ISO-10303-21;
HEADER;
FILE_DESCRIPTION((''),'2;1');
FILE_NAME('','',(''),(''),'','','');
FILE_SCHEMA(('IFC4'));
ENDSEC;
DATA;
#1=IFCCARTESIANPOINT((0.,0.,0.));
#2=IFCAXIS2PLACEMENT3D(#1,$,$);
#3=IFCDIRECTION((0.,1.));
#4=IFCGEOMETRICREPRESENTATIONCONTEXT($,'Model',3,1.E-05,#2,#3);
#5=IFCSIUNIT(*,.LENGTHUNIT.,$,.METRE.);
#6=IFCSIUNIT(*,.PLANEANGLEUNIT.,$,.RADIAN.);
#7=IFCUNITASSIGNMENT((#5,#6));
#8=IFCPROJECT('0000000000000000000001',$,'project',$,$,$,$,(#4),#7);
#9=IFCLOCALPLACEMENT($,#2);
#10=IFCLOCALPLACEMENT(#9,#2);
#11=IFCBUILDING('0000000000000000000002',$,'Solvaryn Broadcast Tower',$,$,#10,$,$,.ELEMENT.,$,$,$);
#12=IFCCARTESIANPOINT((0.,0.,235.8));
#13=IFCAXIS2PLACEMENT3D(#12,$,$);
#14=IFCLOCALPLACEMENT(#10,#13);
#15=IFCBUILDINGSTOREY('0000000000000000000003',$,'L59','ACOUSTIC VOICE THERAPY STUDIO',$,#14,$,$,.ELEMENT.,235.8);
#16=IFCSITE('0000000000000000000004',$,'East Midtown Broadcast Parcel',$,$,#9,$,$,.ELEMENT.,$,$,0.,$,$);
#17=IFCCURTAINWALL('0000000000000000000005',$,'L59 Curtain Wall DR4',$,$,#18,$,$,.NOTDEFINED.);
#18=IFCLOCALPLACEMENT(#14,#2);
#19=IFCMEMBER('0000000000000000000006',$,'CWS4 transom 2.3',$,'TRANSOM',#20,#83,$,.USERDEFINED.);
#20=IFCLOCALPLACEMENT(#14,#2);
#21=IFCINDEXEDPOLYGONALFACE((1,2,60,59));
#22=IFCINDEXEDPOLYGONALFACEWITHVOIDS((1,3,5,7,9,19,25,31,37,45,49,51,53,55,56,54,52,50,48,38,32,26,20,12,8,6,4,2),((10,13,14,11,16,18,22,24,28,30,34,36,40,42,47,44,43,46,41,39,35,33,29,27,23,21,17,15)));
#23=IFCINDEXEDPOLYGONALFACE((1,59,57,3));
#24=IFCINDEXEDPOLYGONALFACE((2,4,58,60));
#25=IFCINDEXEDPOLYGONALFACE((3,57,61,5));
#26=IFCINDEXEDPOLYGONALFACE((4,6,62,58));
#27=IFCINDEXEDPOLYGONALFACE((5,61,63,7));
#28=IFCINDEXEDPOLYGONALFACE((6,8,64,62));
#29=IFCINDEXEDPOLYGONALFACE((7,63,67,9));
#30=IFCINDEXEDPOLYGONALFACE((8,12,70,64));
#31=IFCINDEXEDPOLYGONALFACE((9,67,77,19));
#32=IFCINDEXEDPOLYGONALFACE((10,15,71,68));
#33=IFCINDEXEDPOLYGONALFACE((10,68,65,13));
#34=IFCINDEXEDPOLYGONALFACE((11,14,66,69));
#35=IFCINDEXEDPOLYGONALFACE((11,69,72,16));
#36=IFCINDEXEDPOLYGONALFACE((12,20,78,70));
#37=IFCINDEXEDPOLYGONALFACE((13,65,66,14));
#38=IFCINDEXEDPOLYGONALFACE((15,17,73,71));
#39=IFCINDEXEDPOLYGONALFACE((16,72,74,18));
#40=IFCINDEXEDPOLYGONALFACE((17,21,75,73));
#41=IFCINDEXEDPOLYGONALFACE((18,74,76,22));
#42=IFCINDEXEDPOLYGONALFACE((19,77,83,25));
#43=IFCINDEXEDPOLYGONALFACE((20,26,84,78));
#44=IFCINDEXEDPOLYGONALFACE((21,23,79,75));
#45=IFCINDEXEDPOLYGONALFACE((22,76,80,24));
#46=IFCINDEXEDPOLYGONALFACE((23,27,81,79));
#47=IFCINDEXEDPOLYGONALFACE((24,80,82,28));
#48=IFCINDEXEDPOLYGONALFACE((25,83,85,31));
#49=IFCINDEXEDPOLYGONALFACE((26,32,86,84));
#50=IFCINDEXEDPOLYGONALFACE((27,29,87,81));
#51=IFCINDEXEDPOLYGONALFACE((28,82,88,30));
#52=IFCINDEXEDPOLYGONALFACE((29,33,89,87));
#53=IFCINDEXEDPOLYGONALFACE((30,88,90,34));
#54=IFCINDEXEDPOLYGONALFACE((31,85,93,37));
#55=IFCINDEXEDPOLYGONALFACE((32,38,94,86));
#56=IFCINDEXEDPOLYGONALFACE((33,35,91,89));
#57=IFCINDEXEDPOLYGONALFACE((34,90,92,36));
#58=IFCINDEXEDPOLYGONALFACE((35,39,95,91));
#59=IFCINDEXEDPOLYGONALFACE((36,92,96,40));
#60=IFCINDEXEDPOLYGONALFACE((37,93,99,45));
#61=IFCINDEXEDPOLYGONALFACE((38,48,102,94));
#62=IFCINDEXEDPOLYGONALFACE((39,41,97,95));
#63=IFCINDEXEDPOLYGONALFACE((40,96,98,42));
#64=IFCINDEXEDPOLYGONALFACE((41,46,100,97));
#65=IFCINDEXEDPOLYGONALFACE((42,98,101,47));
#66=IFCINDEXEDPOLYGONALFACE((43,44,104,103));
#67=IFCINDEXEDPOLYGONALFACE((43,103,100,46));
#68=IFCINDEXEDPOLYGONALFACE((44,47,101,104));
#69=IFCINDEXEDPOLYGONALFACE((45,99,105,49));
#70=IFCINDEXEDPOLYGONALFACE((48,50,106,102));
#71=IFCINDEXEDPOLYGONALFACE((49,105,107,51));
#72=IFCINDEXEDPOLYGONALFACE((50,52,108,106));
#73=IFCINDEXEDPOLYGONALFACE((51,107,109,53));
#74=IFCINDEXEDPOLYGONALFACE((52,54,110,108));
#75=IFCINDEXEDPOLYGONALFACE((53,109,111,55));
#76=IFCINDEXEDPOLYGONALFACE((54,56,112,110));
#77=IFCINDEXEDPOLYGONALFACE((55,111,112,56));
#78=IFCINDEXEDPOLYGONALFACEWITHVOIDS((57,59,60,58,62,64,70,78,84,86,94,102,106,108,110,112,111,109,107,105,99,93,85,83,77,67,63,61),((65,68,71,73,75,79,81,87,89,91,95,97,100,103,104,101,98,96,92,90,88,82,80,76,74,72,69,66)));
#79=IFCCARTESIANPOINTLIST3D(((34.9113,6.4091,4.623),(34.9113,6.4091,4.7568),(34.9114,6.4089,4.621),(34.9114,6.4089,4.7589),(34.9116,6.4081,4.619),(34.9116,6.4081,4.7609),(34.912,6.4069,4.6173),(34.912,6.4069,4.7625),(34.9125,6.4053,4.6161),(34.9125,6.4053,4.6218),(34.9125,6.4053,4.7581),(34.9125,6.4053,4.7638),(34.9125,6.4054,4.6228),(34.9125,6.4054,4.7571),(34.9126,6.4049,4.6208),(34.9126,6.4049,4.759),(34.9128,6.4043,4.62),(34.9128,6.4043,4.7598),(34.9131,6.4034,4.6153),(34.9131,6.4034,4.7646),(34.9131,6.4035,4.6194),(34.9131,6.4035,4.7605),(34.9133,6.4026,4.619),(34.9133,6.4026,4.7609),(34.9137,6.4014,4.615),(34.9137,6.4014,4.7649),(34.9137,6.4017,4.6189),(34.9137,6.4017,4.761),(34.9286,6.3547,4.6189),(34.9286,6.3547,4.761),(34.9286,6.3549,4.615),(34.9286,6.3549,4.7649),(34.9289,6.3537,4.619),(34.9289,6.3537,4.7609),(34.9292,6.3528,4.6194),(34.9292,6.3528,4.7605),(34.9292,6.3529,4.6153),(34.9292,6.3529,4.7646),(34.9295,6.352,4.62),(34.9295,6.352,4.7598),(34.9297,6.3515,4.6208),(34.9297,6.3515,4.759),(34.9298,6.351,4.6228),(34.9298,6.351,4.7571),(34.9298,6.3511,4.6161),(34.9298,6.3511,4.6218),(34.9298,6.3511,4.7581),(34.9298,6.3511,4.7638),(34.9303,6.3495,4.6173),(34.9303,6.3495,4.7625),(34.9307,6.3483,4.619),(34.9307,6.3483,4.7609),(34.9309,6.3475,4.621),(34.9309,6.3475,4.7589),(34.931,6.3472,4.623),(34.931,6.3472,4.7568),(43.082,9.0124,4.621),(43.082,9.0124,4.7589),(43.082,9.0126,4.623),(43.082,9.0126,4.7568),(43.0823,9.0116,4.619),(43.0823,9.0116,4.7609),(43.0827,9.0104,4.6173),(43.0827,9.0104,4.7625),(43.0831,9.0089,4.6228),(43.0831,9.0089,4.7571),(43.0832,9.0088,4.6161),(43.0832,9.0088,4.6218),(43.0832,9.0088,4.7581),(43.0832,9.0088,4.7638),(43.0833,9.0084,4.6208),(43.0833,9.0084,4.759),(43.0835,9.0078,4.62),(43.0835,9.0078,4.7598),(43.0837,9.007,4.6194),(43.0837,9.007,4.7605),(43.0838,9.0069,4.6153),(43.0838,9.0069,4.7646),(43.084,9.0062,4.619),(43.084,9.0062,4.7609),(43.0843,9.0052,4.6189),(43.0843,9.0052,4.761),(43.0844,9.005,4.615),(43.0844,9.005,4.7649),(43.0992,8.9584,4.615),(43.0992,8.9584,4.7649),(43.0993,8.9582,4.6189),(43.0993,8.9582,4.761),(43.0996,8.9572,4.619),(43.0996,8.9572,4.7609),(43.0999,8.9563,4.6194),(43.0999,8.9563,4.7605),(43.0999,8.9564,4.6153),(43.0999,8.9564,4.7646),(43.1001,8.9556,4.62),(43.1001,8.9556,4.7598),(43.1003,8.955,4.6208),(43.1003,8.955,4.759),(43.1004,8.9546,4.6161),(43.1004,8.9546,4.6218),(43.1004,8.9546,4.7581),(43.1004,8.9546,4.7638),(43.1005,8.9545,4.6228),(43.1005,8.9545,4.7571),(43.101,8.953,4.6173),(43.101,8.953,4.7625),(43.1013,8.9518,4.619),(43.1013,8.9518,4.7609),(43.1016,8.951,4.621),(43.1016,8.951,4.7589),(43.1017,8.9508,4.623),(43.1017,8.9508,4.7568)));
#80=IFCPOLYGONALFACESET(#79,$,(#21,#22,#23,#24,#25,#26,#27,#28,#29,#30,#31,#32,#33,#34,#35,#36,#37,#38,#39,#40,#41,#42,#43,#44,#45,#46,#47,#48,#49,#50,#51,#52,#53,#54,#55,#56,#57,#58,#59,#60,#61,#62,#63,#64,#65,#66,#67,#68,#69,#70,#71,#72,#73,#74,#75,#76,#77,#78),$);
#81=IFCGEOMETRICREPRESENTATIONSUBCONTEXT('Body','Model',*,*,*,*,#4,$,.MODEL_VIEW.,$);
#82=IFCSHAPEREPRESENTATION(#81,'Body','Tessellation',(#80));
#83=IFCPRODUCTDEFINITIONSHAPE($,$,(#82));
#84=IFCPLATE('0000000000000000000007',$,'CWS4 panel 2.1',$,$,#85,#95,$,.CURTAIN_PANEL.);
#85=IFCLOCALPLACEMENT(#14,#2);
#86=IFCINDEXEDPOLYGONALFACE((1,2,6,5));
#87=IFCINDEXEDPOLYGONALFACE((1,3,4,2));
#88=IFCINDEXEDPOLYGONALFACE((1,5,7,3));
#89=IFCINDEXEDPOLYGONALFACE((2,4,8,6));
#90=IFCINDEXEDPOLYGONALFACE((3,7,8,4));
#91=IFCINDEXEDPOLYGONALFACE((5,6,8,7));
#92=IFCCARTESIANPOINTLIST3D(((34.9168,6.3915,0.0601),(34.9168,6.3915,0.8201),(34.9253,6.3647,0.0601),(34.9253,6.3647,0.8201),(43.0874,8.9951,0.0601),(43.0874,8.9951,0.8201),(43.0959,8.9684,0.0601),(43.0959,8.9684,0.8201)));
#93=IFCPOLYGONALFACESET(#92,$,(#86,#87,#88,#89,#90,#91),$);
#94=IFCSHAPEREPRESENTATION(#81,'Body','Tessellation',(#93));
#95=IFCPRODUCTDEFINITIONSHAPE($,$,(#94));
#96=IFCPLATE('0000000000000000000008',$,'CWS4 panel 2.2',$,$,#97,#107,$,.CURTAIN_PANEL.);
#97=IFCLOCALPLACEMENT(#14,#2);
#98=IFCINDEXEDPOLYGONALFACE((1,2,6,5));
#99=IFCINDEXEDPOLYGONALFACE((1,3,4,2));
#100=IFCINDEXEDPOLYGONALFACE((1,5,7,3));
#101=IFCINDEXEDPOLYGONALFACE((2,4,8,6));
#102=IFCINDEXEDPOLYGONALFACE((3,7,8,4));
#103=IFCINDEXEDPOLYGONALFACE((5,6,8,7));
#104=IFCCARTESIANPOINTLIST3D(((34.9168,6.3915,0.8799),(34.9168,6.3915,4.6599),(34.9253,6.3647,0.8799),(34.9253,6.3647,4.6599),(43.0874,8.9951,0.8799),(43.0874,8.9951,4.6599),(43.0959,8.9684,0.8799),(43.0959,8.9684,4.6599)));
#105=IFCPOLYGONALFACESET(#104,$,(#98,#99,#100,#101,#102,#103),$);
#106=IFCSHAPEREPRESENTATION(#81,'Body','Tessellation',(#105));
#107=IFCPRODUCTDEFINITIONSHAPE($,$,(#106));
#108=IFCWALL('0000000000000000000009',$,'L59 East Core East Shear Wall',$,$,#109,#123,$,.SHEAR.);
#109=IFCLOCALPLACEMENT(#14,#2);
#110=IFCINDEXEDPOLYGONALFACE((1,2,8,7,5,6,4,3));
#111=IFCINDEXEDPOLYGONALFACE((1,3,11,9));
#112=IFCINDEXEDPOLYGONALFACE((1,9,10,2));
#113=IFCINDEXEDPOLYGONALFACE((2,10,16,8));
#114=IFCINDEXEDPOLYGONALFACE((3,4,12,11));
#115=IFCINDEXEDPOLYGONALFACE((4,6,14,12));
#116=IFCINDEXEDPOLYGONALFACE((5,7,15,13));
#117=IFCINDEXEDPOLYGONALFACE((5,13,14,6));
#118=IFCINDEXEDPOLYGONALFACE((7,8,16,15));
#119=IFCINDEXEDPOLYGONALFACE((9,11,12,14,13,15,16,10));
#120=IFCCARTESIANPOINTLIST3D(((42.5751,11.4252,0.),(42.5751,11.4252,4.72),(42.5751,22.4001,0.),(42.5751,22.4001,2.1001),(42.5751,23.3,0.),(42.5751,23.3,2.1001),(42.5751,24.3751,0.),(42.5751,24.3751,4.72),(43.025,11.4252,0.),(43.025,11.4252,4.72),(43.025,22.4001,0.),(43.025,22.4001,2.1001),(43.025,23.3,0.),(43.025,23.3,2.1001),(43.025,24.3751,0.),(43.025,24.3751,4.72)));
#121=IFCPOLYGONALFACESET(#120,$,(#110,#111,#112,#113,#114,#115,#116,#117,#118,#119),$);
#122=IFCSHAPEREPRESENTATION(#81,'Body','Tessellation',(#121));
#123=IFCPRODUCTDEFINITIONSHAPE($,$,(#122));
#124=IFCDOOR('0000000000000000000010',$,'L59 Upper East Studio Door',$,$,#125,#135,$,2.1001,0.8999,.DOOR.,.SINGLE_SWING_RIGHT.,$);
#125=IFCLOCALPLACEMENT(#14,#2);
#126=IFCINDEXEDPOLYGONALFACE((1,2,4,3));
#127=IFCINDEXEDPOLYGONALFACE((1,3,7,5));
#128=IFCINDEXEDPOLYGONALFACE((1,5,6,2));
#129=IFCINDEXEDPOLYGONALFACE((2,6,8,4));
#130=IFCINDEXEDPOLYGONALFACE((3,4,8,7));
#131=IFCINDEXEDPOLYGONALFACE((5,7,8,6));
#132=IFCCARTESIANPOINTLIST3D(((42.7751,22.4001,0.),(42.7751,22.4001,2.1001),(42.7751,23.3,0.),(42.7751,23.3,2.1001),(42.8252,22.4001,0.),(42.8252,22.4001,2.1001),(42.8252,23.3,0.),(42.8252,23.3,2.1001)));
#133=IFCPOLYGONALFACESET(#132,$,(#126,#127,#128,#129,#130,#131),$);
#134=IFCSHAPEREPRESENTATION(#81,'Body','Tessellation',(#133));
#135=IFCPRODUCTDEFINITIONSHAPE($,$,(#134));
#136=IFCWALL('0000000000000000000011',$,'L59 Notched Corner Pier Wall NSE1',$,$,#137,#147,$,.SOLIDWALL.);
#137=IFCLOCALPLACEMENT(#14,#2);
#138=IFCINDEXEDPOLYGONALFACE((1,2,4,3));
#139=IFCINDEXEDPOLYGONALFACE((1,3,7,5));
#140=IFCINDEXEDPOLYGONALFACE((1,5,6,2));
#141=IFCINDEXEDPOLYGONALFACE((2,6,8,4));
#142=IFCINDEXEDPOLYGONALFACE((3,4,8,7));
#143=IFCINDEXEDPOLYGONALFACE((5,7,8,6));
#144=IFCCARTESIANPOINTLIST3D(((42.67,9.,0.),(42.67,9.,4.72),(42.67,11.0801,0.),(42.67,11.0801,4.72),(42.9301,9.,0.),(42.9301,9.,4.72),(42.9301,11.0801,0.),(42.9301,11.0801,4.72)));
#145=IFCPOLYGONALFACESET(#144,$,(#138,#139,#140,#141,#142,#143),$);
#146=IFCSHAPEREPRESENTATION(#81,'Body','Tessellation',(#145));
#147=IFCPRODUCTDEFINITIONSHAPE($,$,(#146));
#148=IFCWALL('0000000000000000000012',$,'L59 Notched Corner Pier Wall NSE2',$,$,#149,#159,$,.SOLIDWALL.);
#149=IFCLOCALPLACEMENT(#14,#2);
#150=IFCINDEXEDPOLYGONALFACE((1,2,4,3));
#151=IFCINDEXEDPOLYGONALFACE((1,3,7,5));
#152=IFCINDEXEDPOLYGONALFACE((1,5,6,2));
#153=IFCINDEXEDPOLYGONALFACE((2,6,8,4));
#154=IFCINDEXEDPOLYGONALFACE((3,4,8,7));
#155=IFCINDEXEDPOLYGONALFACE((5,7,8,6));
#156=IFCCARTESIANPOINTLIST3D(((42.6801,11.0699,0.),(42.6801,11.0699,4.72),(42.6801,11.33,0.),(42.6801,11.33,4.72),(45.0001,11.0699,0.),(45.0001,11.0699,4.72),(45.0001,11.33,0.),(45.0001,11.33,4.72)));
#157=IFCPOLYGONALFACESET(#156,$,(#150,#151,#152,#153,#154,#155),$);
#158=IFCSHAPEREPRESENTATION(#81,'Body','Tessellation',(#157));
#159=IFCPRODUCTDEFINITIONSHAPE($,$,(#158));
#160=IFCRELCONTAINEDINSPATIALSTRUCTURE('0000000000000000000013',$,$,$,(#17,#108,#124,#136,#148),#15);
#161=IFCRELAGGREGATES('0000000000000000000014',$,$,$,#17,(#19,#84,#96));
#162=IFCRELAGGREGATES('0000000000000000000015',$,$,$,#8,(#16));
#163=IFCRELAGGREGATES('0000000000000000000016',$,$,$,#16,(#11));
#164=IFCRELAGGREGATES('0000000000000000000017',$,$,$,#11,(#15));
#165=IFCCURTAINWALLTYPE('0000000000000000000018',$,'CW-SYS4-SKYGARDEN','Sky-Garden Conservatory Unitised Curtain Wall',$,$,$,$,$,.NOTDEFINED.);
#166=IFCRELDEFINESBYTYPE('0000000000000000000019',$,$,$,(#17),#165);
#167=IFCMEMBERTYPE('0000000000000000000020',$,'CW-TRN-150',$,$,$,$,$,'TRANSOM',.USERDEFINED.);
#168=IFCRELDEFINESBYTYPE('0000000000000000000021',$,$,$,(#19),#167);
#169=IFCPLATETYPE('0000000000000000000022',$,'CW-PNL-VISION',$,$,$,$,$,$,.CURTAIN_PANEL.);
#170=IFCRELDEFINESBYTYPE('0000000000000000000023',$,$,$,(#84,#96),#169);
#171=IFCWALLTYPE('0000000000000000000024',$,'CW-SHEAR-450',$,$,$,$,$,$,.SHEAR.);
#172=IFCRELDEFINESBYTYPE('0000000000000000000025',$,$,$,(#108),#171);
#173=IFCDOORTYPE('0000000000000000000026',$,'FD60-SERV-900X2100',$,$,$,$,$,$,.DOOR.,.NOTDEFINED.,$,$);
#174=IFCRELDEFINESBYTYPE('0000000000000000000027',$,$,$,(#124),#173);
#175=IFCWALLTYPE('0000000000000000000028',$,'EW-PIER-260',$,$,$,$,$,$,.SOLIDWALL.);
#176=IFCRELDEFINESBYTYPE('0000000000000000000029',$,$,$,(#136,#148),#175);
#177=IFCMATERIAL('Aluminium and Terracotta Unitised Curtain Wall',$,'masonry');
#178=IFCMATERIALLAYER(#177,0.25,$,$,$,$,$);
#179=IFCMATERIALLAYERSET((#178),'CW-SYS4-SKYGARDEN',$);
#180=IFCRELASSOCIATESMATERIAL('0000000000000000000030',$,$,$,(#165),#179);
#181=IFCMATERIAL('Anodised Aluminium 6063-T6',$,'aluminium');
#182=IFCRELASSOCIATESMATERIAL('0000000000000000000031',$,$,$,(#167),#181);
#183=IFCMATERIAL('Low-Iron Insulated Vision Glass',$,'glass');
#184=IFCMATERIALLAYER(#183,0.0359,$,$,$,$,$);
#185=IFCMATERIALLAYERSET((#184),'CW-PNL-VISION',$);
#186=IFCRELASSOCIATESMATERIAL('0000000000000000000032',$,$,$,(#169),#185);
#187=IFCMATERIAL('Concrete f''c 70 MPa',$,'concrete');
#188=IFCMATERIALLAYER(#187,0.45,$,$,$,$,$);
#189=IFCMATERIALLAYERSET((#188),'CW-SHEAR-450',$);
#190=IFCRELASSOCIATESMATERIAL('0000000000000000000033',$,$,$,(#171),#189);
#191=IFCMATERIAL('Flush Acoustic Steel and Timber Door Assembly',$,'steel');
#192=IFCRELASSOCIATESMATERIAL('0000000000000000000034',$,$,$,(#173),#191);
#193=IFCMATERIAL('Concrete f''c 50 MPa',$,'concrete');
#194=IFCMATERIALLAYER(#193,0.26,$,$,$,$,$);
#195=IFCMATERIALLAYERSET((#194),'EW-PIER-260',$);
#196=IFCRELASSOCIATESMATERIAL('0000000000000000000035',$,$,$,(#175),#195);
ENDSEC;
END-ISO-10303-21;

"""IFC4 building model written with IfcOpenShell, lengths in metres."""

from ifc_helpers import new_model, si_unit, direction, frame, frame_2d, origin, origin_2d, place, context, subcontext, project, spatial, rectangle, hollow_rectangle, extrude, material, layer, layer_set, material_profile, profile_set, type_object, element, fill, aggregate, save


model = new_model("IFC4")

# Units and contexts
model_context = context("Model", 3, precision=1e-05, world=origin(), true_north=direction((0.0, 1.0)))
body_context = subcontext(model_context, "Body", "Model", "MODEL_VIEW")
ifc_project = project(units=[si_unit("LENGTHUNIT", "METRE"), si_unit("PLANEANGLEUNIT", "RADIAN")], contexts=[model_context])

# Site, building, storey
site_placement = place(None, origin())
site = spatial("IfcSite", under=ifc_project, at=site_placement, Name="East Midtown Broadcast Parcel", CompositionType="ELEMENT", RefElevation=0.0)
building_placement = place(site_placement, origin())
building = spatial("IfcBuilding", under=site, at=building_placement, Name="Solvaryn Broadcast Tower", CompositionType="ELEMENT")
storey_placement = place(building_placement, frame((0.0, 0.0, 235.8)))
storey = spatial("IfcBuildingStorey", under=building, at=storey_placement, Name="L59", Description="ACOUSTIC VOICE THERAPY STUDIO", CompositionType="ELEMENT", Elevation=235.8)

# Curtain wall, member, plates
ifc_material_1 = material(Name="Aluminium and Terracotta Unitised Curtain Wall", Category="masonry")
ifc_layer_1 = layer(ifc_material_1, 0.25)
ifc_layer_set_1 = layer_set([ifc_layer_1], Name="CW-SYS4-SKYGARDEN")
curtain_wall_type = type_object("IfcCurtainWallType", Name="CW-SYS4-SKYGARDEN", Description="Sky-Garden Conservatory Unitised Curtain Wall", PredefinedType="NOTDEFINED", material=ifc_layer_set_1)
curtain_wall_placement = place(storey_placement, origin())
curtain_wall = element("IfcCurtainWall", 1, at=curtain_wall_placement, inside=storey, type_object=curtain_wall_type, Name="L59 Curtain Wall DR4", PredefinedType="NOTDEFINED")
ifc_material_2 = material(Name="Anodised Aluminium 6063-T6", Category="aluminium")
ifc_material_profile_1 = material_profile(ifc_material_2, hollow_rectangle(XDim=0.0649, YDim=0.1499, WallThickness=0.0039, InnerFilletRadius=0.0039, OuterFilletRadius=0.0081, at=origin_2d()))
ifc_profile_set_1 = profile_set([ifc_material_profile_1], Name="Anodised Aluminium 6063-T6")
member_type_1 = type_object("IfcMemberType", Name="CW-TRN-150", ElementType="TRANSOM", PredefinedType="USERDEFINED", material=ifc_profile_set_1)
member_1_placement = place(storey_placement, frame((34.9211, 6.3782, 4.6899), z_axis=(0.952799, 0.303602, 0.0), x_axis=(-0.303602, 0.952799, 0.0)))
member_1 = element("IfcMember", 2, at=member_1_placement, type_object=member_type_1, Name="CWS4 transom 2.3", ObjectType="TRANSOM", PredefinedType="USERDEFINED", context=body_context, shape_type="SweptSolid", body=[
    extrude(hollow_rectangle(XDim=0.0649, YDim=0.1499, WallThickness=0.0039, InnerFilletRadius=0.0039, OuterFilletRadius=0.0081, at=origin_2d()), origin(), (0.0, 0.0, 1.0), 8.5754),
])
ifc_material_3 = material(Name="Low-Iron Insulated Vision Glass", Category="glass")
ifc_layer_2 = layer(ifc_material_3, 0.0359)
ifc_layer_set_2 = layer_set([ifc_layer_2], Name="CW-PNL-VISION")
plate_type = type_object("IfcPlateType", Name="CW-PNL-VISION", PredefinedType="CURTAIN_PANEL", material=ifc_layer_set_2)
plate_1_placement = place(storey_placement, frame((39.0063, 7.6799, 0.0601), z_axis=(0.0, 0.0, 1.0), x_axis=(0.952795, 0.303616, 0.0)))
plate_1 = element("IfcPlate", 3, at=plate_1_placement, type_object=plate_type, Name="CWS4 panel 2.1", PredefinedType="CURTAIN_PANEL", context=body_context, shape_type="SweptSolid", body=[
    extrude(rectangle(XDim=8.5754, YDim=0.0281, at=origin_2d()), origin(), (0.0, 0.0, 1.0), 0.76),
])
plate_2_placement = place(storey_placement, frame((39.0063, 7.6799, 0.8799), z_axis=(0.0, 0.0, 1.0), x_axis=(0.952795, 0.303616, 0.0)))
plate_2 = element("IfcPlate", 4, at=plate_2_placement, type_object=plate_type, Name="CWS4 panel 2.2", PredefinedType="CURTAIN_PANEL", context=body_context, shape_type="SweptSolid", body=[
    extrude(rectangle(XDim=8.5754, YDim=0.0281, at=origin_2d()), origin(), (0.0, 0.0, 1.0), 3.78),
])
aggregate(curtain_wall, [member_1, plate_1, plate_2])

# Wall, opening, door
ifc_material_4 = material(Name="Concrete f'c 70 MPa", Category="concrete")
ifc_layer_3 = layer(ifc_material_4, 0.45)
ifc_layer_set_3 = layer_set([ifc_layer_3], Name="CW-SHEAR-450")
wall_type_1 = type_object("IfcWallType", Name="CW-SHEAR-450", PredefinedType="SHEAR", material=ifc_layer_set_3)
wall_1_placement = place(storey_placement, frame((42.8, 11.425, 0.0), z_axis=(0.0, 0.0, 1.0), x_axis=(0.0, 1.0, 0.0)))
wall_1 = element("IfcWall", 5, at=wall_1_placement, inside=storey, type_object=wall_type_1, Name="L59 East Core East Shear Wall", PredefinedType="SHEAR", context=body_context, shape_type="SweptSolid", body=[
    extrude(rectangle(XDim=12.95, YDim=0.45, at=frame_2d((6.4751, 0.0))), origin(), (0.0, 0.0, 1.0), 4.72),
])
opening_1_placement = place(wall_1_placement, frame((10.9751, 0.0, 0.0)))
opening_1 = element("IfcOpeningElement", 6, at=opening_1_placement, cuts=wall_1, PredefinedType="OPENING", context=body_context, shape_type="SweptSolid", body=[
    extrude(rectangle(XDim=0.8999, YDim=2.1001, at=frame_2d((0.45, 1.05))), frame((0.0, 0.2351, 0.0), z_axis=(0.0, -1.0, 0.0), x_axis=(1.0, 0.0, 0.0)), (0.0, 0.0, 1.0), 0.47),
])
ifc_material_5 = material(Name="Flush Acoustic Steel and Timber Door Assembly", Category="steel")
door_type = type_object("IfcDoorType", Name="FD60-SERV-900X2100", OperationType="NOTDEFINED", PredefinedType="DOOR", material=ifc_material_5)
door_1_placement = place(opening_1_placement, origin())
door_1 = element("IfcDoor", 7, at=door_1_placement, inside=storey, type_object=door_type, Name="L59 Upper East Studio Door", OperationType="SINGLE_SWING_RIGHT", OverallHeight=2.1001, OverallWidth=0.8999, PredefinedType="DOOR", context=body_context, shape_type="SweptSolid", body=[
    extrude(rectangle(XDim=0.8999, YDim=2.1001, at=frame_2d((0.45, 1.05))), frame((0.0, 0.0249, 0.0), z_axis=(0.0, -1.0, 0.0), x_axis=(1.0, 0.0, 0.0)), (0.0, 0.0, 1.0), 0.05),
])
fill(opening_1, door_1)

# Walls
ifc_material_6 = material(Name="Concrete f'c 50 MPa", Category="concrete")
ifc_layer_4 = layer(ifc_material_6, 0.26)
ifc_layer_set_4 = layer_set([ifc_layer_4], Name="EW-PIER-260")
wall_type_2 = type_object("IfcWallType", Name="EW-PIER-260", PredefinedType="SOLIDWALL", material=ifc_layer_set_4)
wall_2_placement = place(storey_placement, frame((42.8, 9.0, 0.0), z_axis=(0.0, 0.0, 1.0), x_axis=(0.0, 1.0, 0.0)))
element("IfcWall", 8, at=wall_2_placement, inside=storey, type_object=wall_type_2, Name="L59 Notched Corner Pier Wall NSE1", PredefinedType="SOLIDWALL", context=body_context, shape_type="SweptSolid", body=[
    extrude(rectangle(XDim=2.0801, YDim=0.26, at=frame_2d((1.04, 0.0))), origin(), (0.0, 0.0, 1.0), 4.72),
])
wall_3_placement = place(storey_placement, frame((42.6799, 11.2, 0.0), z_axis=(0.0, 0.0, 1.0), x_axis=(1.0, 0.0, 0.0)))
element("IfcWall", 9, at=wall_3_placement, inside=storey, type_object=wall_type_2, Name="L59 Notched Corner Pier Wall NSE2", PredefinedType="SOLIDWALL", context=body_context, shape_type="SweptSolid", body=[
    extrude(rectangle(XDim=2.3201, YDim=0.26, at=frame_2d((1.1602, 0.0))), origin(), (0.0, 0.0, 1.0), 4.72),
])

save(model, "model.ifc")
